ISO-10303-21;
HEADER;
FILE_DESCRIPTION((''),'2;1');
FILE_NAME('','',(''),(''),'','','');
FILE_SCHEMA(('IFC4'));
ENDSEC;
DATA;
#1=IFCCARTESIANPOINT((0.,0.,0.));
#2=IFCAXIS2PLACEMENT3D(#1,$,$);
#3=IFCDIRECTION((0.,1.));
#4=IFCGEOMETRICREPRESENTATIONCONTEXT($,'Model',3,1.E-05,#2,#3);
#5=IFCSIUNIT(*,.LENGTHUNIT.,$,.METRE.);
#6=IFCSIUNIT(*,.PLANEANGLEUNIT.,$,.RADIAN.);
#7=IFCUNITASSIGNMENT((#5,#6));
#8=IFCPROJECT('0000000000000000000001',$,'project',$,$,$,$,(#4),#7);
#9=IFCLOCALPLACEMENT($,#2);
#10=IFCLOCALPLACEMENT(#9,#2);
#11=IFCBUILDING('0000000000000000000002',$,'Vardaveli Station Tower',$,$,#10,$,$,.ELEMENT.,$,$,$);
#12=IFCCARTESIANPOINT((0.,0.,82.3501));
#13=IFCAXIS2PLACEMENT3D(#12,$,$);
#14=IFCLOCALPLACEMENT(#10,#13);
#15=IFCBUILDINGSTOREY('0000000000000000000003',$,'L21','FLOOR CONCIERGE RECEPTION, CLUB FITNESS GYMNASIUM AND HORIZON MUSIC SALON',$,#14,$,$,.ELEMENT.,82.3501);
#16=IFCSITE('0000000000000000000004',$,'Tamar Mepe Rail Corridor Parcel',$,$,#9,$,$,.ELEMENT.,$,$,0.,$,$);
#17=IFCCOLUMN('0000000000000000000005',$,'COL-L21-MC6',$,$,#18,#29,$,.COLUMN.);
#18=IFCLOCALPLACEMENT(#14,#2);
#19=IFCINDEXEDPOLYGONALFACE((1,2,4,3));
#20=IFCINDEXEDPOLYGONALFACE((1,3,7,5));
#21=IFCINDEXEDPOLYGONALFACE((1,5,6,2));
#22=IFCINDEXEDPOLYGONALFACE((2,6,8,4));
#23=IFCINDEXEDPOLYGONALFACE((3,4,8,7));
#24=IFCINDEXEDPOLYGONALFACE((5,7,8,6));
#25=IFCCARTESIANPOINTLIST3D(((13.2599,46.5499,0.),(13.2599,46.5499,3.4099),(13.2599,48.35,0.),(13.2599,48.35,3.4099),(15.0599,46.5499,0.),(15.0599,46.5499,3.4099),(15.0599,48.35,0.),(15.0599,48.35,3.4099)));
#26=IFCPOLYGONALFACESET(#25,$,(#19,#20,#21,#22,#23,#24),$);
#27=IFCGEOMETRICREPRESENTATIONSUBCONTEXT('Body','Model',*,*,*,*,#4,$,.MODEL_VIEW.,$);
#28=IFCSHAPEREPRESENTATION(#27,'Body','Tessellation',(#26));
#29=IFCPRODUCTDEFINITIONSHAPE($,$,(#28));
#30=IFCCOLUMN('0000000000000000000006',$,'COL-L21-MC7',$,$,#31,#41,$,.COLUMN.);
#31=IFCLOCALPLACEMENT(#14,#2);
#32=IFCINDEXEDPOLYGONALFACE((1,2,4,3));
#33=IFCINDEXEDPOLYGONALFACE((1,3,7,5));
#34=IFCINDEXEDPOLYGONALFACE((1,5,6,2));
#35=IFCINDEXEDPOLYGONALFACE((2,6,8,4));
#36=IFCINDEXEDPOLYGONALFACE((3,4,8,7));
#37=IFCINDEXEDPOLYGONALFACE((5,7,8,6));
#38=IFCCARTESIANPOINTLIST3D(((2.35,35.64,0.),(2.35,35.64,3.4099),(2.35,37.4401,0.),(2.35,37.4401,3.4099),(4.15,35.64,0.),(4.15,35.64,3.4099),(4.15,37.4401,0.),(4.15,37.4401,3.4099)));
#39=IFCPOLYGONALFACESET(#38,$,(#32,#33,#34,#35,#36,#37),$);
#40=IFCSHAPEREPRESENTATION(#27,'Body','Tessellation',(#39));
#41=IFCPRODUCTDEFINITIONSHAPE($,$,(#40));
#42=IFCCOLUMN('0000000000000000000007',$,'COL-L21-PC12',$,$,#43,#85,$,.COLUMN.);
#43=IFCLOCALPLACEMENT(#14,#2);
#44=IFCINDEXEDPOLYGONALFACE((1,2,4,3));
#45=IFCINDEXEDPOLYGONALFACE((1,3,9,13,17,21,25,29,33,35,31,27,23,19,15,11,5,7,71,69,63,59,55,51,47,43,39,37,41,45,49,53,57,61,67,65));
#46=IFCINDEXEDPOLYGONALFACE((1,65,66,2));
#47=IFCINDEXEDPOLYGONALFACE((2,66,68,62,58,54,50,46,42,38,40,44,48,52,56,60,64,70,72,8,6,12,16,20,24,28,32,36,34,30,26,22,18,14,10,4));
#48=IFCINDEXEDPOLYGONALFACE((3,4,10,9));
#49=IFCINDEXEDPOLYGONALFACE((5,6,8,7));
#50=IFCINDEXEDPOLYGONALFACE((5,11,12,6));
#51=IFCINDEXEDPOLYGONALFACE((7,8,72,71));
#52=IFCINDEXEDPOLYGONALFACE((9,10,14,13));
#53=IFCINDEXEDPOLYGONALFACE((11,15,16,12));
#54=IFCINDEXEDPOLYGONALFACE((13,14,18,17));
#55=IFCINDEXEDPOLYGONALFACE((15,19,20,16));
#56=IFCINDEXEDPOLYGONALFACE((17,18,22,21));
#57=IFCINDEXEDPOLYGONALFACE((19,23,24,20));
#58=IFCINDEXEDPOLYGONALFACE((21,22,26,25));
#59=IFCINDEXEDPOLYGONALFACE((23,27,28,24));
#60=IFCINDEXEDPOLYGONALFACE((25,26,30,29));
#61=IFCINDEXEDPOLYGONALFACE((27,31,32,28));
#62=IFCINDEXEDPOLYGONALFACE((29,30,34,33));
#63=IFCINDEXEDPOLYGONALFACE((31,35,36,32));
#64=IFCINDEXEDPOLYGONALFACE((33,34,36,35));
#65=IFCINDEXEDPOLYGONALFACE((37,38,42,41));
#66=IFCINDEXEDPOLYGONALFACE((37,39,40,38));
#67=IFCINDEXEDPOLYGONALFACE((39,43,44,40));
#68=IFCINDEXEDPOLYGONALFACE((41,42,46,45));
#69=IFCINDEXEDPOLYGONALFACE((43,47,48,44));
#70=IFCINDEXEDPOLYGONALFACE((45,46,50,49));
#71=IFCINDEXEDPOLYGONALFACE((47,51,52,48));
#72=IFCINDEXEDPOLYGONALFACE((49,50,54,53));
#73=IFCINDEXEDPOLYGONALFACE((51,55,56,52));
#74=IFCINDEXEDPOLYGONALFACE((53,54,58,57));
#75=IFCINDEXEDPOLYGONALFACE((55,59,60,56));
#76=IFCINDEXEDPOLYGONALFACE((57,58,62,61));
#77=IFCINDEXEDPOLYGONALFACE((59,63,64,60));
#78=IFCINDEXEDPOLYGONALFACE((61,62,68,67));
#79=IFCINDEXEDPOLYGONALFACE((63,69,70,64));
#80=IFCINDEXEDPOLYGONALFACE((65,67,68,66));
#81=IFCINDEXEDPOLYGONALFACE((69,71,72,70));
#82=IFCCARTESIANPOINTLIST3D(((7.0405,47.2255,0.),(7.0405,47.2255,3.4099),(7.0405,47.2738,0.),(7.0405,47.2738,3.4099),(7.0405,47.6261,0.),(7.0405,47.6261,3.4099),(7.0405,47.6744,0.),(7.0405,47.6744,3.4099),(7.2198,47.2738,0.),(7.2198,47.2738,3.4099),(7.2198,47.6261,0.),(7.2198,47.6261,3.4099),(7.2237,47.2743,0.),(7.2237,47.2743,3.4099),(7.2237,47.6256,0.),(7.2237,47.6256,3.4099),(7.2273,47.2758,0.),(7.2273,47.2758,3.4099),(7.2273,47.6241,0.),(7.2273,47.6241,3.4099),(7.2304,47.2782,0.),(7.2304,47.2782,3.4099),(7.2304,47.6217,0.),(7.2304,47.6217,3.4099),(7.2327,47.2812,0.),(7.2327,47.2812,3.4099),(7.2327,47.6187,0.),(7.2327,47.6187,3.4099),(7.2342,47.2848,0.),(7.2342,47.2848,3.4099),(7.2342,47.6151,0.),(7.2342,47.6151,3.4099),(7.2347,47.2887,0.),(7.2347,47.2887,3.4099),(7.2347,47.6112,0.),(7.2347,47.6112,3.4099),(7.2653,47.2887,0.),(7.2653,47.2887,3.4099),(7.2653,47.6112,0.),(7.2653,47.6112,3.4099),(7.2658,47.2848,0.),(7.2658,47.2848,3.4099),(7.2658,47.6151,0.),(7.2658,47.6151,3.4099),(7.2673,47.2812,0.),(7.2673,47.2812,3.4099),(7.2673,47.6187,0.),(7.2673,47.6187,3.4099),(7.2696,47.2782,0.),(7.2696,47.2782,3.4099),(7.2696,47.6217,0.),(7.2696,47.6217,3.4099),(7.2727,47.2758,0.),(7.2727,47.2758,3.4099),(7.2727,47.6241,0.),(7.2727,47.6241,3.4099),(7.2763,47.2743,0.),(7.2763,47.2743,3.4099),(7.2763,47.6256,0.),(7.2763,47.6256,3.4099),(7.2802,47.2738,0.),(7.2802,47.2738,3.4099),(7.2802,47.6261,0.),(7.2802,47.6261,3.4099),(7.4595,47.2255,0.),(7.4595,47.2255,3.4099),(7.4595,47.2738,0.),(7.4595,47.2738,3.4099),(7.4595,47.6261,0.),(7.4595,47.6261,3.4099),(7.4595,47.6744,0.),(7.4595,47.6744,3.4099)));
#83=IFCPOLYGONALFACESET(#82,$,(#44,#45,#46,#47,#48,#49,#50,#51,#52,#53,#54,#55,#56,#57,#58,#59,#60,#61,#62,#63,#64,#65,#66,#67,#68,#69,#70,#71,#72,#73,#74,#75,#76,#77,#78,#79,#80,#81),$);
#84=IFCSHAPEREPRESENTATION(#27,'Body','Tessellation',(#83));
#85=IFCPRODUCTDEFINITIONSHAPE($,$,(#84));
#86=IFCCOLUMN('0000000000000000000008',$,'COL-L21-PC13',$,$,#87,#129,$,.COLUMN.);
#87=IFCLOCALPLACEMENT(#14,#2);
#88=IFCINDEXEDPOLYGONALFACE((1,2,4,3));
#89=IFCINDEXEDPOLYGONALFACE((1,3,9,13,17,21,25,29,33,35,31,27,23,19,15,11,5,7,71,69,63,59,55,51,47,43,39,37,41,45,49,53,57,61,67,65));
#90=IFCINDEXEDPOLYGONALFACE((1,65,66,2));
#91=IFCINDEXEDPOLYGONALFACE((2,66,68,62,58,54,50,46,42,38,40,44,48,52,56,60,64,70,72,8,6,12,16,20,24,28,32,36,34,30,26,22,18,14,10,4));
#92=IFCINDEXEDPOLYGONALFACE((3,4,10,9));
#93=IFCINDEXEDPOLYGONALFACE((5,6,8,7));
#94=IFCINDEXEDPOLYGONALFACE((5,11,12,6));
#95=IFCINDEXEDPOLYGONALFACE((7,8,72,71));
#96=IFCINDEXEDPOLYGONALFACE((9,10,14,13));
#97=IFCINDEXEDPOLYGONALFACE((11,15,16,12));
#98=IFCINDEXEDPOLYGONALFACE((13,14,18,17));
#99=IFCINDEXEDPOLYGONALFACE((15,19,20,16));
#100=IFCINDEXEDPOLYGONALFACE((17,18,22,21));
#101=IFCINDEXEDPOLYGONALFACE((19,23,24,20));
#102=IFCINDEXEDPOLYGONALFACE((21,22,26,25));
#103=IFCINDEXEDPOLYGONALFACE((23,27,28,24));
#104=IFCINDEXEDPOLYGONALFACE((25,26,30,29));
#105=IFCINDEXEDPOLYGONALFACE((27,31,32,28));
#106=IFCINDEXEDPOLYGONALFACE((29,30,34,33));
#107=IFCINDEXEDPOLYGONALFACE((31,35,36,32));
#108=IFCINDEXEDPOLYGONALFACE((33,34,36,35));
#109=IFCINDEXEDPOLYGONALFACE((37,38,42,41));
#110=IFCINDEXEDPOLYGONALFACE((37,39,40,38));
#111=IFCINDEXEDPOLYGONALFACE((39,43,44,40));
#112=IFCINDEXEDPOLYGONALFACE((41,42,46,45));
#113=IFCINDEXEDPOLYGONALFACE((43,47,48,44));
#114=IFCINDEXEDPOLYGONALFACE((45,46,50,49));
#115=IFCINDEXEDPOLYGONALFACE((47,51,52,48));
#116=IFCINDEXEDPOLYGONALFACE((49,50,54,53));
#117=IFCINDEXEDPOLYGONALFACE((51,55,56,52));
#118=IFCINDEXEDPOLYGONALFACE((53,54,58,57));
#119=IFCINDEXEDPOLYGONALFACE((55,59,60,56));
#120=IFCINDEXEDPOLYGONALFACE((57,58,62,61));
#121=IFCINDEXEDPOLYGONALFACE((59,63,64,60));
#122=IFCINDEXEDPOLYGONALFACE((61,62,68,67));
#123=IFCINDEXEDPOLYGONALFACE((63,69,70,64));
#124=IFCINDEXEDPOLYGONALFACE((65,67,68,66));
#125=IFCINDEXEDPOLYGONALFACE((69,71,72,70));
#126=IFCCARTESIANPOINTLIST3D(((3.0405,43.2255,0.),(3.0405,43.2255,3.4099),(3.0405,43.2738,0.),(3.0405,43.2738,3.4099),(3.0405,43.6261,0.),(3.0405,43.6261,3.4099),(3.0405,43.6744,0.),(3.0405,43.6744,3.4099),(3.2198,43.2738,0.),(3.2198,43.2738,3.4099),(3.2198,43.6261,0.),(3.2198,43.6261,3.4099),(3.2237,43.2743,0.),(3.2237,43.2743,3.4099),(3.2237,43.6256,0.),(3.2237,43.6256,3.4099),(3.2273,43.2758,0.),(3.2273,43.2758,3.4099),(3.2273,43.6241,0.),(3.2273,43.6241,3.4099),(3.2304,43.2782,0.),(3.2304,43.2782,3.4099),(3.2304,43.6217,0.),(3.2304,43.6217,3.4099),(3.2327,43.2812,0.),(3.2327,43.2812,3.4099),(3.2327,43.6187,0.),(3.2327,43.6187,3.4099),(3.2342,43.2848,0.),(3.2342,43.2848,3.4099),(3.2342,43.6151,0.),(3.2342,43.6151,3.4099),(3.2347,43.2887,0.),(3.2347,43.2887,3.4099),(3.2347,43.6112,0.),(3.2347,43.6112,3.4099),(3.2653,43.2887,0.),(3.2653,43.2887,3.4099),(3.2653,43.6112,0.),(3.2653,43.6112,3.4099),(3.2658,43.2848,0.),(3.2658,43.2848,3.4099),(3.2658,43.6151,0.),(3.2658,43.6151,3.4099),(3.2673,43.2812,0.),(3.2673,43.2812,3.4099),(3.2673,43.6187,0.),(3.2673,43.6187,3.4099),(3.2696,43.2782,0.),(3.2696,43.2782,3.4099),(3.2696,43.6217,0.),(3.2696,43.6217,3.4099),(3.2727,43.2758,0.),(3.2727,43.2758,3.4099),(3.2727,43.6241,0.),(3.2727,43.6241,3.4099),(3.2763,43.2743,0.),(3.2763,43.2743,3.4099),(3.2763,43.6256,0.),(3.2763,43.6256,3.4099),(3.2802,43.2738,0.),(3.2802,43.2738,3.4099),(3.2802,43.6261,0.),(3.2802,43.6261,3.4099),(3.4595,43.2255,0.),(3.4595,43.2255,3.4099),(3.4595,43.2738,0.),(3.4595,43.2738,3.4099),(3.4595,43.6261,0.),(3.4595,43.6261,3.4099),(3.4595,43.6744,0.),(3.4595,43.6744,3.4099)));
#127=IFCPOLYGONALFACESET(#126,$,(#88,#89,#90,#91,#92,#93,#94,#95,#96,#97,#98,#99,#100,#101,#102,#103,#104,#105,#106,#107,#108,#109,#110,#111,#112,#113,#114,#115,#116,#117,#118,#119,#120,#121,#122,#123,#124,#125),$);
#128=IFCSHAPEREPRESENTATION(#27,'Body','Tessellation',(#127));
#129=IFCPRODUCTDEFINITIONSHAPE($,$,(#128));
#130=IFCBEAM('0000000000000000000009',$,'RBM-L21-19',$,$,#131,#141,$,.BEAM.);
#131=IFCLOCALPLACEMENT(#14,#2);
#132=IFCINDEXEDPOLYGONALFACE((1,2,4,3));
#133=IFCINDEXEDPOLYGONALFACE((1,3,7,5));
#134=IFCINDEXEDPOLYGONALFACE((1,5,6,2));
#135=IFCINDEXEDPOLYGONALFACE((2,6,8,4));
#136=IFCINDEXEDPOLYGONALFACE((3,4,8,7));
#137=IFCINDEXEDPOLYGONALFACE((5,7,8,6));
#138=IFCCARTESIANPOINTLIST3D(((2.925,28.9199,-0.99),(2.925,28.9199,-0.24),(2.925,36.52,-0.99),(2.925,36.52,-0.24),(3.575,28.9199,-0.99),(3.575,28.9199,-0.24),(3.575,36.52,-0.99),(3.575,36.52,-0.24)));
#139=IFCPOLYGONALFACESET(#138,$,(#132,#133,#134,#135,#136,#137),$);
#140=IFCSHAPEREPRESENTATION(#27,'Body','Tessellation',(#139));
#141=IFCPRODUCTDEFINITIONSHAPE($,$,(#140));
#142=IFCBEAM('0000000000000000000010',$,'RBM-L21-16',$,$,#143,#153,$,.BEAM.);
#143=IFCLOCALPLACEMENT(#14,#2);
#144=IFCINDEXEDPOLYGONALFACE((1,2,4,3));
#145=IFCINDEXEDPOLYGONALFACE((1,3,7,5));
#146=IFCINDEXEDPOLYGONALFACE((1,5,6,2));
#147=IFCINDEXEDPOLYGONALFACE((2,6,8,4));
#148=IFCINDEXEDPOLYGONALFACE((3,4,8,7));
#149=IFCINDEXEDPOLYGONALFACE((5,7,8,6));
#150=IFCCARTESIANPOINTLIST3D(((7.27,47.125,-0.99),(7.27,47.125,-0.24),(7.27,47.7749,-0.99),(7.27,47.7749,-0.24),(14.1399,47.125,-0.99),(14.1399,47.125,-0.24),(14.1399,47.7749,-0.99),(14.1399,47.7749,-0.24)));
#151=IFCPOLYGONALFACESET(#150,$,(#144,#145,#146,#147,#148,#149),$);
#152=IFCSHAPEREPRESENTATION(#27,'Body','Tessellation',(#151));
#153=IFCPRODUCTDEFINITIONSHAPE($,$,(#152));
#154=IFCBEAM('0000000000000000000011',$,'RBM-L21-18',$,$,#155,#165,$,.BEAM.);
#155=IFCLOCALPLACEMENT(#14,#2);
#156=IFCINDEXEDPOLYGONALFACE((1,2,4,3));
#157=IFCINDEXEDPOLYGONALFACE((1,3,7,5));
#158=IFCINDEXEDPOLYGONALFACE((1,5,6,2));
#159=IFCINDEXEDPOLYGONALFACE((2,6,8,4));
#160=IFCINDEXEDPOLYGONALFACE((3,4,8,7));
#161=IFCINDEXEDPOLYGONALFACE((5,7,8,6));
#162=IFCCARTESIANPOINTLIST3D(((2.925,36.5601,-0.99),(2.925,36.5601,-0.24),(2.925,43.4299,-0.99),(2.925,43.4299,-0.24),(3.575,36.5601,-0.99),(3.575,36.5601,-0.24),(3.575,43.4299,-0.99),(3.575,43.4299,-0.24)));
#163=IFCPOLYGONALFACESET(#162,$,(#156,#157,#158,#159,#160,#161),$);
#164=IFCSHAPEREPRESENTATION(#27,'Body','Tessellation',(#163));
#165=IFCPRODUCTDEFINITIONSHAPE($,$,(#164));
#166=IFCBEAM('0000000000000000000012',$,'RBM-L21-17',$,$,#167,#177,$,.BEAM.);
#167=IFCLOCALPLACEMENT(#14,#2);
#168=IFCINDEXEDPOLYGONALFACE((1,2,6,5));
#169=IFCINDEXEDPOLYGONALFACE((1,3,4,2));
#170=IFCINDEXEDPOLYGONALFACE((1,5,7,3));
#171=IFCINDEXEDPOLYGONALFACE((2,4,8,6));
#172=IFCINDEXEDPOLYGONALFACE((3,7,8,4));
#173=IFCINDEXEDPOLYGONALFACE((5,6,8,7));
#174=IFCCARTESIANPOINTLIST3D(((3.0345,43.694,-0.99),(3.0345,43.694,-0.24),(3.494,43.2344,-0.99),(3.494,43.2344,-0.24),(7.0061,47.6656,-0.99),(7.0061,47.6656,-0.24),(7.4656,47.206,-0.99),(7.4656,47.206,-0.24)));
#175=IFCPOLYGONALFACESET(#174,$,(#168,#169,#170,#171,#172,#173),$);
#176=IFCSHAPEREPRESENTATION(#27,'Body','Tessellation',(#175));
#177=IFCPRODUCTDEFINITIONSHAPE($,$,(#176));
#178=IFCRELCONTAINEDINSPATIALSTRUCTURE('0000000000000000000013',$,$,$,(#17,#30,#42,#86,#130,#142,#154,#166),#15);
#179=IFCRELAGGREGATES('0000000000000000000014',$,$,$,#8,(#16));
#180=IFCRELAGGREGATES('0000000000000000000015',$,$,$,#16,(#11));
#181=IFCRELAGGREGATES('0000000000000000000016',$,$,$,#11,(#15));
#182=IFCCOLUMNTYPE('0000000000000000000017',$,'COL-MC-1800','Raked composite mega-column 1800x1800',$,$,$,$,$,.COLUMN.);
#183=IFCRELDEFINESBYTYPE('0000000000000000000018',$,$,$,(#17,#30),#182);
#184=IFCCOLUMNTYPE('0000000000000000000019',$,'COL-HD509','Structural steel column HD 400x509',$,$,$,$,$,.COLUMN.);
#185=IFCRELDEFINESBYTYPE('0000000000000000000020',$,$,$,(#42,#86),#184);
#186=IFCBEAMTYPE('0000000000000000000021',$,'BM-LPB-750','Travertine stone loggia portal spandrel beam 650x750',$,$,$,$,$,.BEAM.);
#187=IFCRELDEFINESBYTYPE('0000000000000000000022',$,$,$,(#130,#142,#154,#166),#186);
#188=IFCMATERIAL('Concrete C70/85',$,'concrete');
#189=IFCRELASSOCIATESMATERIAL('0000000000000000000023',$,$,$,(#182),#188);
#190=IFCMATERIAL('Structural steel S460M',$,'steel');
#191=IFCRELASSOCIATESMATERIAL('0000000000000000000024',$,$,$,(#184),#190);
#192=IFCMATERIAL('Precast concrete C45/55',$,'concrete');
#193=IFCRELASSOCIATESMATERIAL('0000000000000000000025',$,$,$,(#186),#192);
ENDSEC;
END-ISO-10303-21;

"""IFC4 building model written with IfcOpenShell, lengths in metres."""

from ifc_helpers import new_model, si_unit, direction, frame, origin, origin_2d, place, context, subcontext, project, spatial, rectangle, i_section, extrude, source, transform, mapped, material, material_profile, profile_set, type_object, element, save


model = new_model("IFC4")

# Units and contexts
model_context = context("Model", 3, precision=1e-05, world=origin(), true_north=direction((0.0, 1.0)))
body_context = subcontext(model_context, "Body", "Model", "MODEL_VIEW")
ifc_project = project(units=[si_unit("LENGTHUNIT", "METRE"), si_unit("PLANEANGLEUNIT", "RADIAN")], contexts=[model_context])

# Site, building, storey
site_placement = place(None, origin())
site = spatial("IfcSite", under=ifc_project, at=site_placement, Name="Tamar Mepe Rail Corridor Parcel", CompositionType="ELEMENT", RefElevation=0.0)
building_placement = place(site_placement, origin())
building = spatial("IfcBuilding", under=site, at=building_placement, Name="Vardaveli Station Tower", CompositionType="ELEMENT")
storey_placement = place(building_placement, frame((0.0, 0.0, 82.3501)))
storey = spatial("IfcBuildingStorey", under=building, at=storey_placement, Name="L21", Description="FLOOR CONCIERGE RECEPTION, CLUB FITNESS GYMNASIUM AND HORIZON MUSIC SALON", CompositionType="ELEMENT", Elevation=82.3501)

# Columns
ifc_material_1 = material(Name="Concrete C70/85", Category="concrete")
ifc_material_profile_1 = material_profile(ifc_material_1, rectangle(XDim=1.8, YDim=1.8, at=origin_2d()), Name="MC 1800x1800")
ifc_profile_set_1 = profile_set([ifc_material_profile_1], Name="Concrete C70/85")
column_type_1 = type_object("IfcColumnType", Name="COL-MC-1800", Description="Raked composite mega-column 1800x1800", PredefinedType="COLUMN", material=ifc_profile_set_1)
shared_shape_1 = source(origin(), body_context, "Body", "SweptSolid", [
    extrude(rectangle(XDim=1.8, YDim=1.8, at=origin_2d()), origin(), (0.0, 0.0, 1.0), 3.4099),
])
for number, where, z_axis, x_axis, name in (
    (1, (14.1599, 47.45, 0.0), (0.0, 0.0, 1.0), (1.0, 0.0, 0.0), "COL-L21-MC6"),
    (2, (3.25, 36.54, 0.0), (0.0, 0.0, 1.0), (1.0, 0.0, 0.0), "COL-L21-MC7"),
):
    element("IfcColumn", number, at=place(storey_placement, frame(where, z_axis=z_axis, x_axis=x_axis)), inside=storey, type_object=column_type_1, Name=name, PredefinedType="COLUMN", context=body_context, shape_type="MappedRepresentation", body=[
        mapped(shared_shape_1, transform((0.0, 0.0, 0.0), scale=1.0)),
    ])
ifc_material_2 = material(Name="Structural steel S460M", Category="steel")
ifc_material_profile_2 = material_profile(ifc_material_2, i_section(OverallWidth=0.4189, OverallDepth=0.449, WebThickness=0.0305, FlangeThickness=0.0483, FilletRadius=0.0149, at=origin_2d()), Name="HD 400x509")
ifc_profile_set_2 = profile_set([ifc_material_profile_2], Name="Structural steel S460M")
column_type_2 = type_object("IfcColumnType", Name="COL-HD509", Description="Structural steel column HD 400x509", PredefinedType="COLUMN", material=ifc_profile_set_2)
shared_shape_2 = source(origin(), body_context, "Body", "SweptSolid", [
    extrude(i_section(OverallWidth=0.4189, OverallDepth=0.449, WebThickness=0.0305, FlangeThickness=0.0483, FilletRadius=0.0149, at=origin_2d()), origin(), (0.0, 0.0, 1.0), 3.4099),
])
for number, where, z_axis, x_axis, name in (
    (3, (7.25, 47.45, 0.0), (0.0, 0.0, 1.0), (1.0, 0.0, 0.0), "COL-L21-PC12"),
    (4, (3.25, 43.45, 0.0), (0.0, 0.0, 1.0), (1.0, 0.0, 0.0), "COL-L21-PC13"),
):
    element("IfcColumn", number, at=place(storey_placement, frame(where, z_axis=z_axis, x_axis=x_axis)), inside=storey, type_object=column_type_2, Name=name, PredefinedType="COLUMN", context=body_context, shape_type="MappedRepresentation", body=[
        mapped(shared_shape_2, transform((0.0, 0.0, 0.0), scale=1.0)),
    ])

# Beams
ifc_material_3 = material(Name="Precast concrete C45/55", Category="concrete")
ifc_material_profile_3 = material_profile(ifc_material_3, rectangle(XDim=0.6499, YDim=0.75, at=origin_2d()), Name="LPB 650x750")
ifc_profile_set_3 = profile_set([ifc_material_profile_3], Name="Precast concrete C45/55")
beam_type = type_object("IfcBeamType", Name="BM-LPB-750", Description="Travertine stone loggia portal spandrel beam 650x750", PredefinedType="BEAM", material=ifc_profile_set_3)
shared_shape_3 = source(origin(), body_context, "Body", "SweptSolid", [
    extrude(rectangle(XDim=0.6499, YDim=0.75, at=origin_2d()), origin(), (0.0, 0.0, 1.0), 7.6001),
])
beam_1_placement = place(storey_placement, frame((3.25, 36.52, -0.615), z_axis=(0.0, -1.0, 0.0), x_axis=(1.0, 0.0, 0.0)))
element("IfcBeam", 5, at=beam_1_placement, inside=storey, type_object=beam_type, Name="RBM-L21-19", PredefinedType="BEAM", context=body_context, shape_type="MappedRepresentation", body=[
    mapped(shared_shape_3, transform((0.0, 0.0, 0.0), scale=1.0)),
])
shared_shape_4 = source(origin(), body_context, "Body", "SweptSolid", [
    extrude(rectangle(XDim=0.6499, YDim=0.75, at=origin_2d()), origin(), (0.0, 0.0, 1.0), 6.8699),
])
for number, where, z_axis, x_axis, name in (
    (6, (14.1399, 47.45, -0.615), (-1.0, 0.0, 0.0), (0.0, -1.0, 0.0), "RBM-L21-16"),
    (7, (3.25, 43.4299, -0.615), (0.0, -1.0, 0.0), (1.0, 0.0, 0.0), "RBM-L21-18"),
):
    element("IfcBeam", number, at=place(storey_placement, frame(where, z_axis=z_axis, x_axis=x_axis)), inside=storey, type_object=beam_type, Name=name, PredefinedType="BEAM", context=body_context, shape_type="MappedRepresentation", body=[
        mapped(shared_shape_4, transform((0.0, 0.0, 0.0), scale=1.0)),
    ])
shared_shape_5 = source(origin(), body_context, "Body", "SweptSolid", [
    extrude(rectangle(XDim=0.6499, YDim=0.75, at=origin_2d()), origin(), (0.0, 0.0, 1.0), 5.6167),
])
beam_2_placement = place(storey_placement, frame((7.2358, 47.4358, -0.615), z_axis=(-0.707107, -0.707107, 0.0), x_axis=(0.707107, -0.707107, 0.0)))
element("IfcBeam", 8, at=beam_2_placement, inside=storey, type_object=beam_type, Name="RBM-L21-17", PredefinedType="BEAM", context=body_context, shape_type="MappedRepresentation", body=[
    mapped(shared_shape_5, transform((0.0, 0.0, 0.0), scale=1.0)),
])

save(model, "model.ifc")
